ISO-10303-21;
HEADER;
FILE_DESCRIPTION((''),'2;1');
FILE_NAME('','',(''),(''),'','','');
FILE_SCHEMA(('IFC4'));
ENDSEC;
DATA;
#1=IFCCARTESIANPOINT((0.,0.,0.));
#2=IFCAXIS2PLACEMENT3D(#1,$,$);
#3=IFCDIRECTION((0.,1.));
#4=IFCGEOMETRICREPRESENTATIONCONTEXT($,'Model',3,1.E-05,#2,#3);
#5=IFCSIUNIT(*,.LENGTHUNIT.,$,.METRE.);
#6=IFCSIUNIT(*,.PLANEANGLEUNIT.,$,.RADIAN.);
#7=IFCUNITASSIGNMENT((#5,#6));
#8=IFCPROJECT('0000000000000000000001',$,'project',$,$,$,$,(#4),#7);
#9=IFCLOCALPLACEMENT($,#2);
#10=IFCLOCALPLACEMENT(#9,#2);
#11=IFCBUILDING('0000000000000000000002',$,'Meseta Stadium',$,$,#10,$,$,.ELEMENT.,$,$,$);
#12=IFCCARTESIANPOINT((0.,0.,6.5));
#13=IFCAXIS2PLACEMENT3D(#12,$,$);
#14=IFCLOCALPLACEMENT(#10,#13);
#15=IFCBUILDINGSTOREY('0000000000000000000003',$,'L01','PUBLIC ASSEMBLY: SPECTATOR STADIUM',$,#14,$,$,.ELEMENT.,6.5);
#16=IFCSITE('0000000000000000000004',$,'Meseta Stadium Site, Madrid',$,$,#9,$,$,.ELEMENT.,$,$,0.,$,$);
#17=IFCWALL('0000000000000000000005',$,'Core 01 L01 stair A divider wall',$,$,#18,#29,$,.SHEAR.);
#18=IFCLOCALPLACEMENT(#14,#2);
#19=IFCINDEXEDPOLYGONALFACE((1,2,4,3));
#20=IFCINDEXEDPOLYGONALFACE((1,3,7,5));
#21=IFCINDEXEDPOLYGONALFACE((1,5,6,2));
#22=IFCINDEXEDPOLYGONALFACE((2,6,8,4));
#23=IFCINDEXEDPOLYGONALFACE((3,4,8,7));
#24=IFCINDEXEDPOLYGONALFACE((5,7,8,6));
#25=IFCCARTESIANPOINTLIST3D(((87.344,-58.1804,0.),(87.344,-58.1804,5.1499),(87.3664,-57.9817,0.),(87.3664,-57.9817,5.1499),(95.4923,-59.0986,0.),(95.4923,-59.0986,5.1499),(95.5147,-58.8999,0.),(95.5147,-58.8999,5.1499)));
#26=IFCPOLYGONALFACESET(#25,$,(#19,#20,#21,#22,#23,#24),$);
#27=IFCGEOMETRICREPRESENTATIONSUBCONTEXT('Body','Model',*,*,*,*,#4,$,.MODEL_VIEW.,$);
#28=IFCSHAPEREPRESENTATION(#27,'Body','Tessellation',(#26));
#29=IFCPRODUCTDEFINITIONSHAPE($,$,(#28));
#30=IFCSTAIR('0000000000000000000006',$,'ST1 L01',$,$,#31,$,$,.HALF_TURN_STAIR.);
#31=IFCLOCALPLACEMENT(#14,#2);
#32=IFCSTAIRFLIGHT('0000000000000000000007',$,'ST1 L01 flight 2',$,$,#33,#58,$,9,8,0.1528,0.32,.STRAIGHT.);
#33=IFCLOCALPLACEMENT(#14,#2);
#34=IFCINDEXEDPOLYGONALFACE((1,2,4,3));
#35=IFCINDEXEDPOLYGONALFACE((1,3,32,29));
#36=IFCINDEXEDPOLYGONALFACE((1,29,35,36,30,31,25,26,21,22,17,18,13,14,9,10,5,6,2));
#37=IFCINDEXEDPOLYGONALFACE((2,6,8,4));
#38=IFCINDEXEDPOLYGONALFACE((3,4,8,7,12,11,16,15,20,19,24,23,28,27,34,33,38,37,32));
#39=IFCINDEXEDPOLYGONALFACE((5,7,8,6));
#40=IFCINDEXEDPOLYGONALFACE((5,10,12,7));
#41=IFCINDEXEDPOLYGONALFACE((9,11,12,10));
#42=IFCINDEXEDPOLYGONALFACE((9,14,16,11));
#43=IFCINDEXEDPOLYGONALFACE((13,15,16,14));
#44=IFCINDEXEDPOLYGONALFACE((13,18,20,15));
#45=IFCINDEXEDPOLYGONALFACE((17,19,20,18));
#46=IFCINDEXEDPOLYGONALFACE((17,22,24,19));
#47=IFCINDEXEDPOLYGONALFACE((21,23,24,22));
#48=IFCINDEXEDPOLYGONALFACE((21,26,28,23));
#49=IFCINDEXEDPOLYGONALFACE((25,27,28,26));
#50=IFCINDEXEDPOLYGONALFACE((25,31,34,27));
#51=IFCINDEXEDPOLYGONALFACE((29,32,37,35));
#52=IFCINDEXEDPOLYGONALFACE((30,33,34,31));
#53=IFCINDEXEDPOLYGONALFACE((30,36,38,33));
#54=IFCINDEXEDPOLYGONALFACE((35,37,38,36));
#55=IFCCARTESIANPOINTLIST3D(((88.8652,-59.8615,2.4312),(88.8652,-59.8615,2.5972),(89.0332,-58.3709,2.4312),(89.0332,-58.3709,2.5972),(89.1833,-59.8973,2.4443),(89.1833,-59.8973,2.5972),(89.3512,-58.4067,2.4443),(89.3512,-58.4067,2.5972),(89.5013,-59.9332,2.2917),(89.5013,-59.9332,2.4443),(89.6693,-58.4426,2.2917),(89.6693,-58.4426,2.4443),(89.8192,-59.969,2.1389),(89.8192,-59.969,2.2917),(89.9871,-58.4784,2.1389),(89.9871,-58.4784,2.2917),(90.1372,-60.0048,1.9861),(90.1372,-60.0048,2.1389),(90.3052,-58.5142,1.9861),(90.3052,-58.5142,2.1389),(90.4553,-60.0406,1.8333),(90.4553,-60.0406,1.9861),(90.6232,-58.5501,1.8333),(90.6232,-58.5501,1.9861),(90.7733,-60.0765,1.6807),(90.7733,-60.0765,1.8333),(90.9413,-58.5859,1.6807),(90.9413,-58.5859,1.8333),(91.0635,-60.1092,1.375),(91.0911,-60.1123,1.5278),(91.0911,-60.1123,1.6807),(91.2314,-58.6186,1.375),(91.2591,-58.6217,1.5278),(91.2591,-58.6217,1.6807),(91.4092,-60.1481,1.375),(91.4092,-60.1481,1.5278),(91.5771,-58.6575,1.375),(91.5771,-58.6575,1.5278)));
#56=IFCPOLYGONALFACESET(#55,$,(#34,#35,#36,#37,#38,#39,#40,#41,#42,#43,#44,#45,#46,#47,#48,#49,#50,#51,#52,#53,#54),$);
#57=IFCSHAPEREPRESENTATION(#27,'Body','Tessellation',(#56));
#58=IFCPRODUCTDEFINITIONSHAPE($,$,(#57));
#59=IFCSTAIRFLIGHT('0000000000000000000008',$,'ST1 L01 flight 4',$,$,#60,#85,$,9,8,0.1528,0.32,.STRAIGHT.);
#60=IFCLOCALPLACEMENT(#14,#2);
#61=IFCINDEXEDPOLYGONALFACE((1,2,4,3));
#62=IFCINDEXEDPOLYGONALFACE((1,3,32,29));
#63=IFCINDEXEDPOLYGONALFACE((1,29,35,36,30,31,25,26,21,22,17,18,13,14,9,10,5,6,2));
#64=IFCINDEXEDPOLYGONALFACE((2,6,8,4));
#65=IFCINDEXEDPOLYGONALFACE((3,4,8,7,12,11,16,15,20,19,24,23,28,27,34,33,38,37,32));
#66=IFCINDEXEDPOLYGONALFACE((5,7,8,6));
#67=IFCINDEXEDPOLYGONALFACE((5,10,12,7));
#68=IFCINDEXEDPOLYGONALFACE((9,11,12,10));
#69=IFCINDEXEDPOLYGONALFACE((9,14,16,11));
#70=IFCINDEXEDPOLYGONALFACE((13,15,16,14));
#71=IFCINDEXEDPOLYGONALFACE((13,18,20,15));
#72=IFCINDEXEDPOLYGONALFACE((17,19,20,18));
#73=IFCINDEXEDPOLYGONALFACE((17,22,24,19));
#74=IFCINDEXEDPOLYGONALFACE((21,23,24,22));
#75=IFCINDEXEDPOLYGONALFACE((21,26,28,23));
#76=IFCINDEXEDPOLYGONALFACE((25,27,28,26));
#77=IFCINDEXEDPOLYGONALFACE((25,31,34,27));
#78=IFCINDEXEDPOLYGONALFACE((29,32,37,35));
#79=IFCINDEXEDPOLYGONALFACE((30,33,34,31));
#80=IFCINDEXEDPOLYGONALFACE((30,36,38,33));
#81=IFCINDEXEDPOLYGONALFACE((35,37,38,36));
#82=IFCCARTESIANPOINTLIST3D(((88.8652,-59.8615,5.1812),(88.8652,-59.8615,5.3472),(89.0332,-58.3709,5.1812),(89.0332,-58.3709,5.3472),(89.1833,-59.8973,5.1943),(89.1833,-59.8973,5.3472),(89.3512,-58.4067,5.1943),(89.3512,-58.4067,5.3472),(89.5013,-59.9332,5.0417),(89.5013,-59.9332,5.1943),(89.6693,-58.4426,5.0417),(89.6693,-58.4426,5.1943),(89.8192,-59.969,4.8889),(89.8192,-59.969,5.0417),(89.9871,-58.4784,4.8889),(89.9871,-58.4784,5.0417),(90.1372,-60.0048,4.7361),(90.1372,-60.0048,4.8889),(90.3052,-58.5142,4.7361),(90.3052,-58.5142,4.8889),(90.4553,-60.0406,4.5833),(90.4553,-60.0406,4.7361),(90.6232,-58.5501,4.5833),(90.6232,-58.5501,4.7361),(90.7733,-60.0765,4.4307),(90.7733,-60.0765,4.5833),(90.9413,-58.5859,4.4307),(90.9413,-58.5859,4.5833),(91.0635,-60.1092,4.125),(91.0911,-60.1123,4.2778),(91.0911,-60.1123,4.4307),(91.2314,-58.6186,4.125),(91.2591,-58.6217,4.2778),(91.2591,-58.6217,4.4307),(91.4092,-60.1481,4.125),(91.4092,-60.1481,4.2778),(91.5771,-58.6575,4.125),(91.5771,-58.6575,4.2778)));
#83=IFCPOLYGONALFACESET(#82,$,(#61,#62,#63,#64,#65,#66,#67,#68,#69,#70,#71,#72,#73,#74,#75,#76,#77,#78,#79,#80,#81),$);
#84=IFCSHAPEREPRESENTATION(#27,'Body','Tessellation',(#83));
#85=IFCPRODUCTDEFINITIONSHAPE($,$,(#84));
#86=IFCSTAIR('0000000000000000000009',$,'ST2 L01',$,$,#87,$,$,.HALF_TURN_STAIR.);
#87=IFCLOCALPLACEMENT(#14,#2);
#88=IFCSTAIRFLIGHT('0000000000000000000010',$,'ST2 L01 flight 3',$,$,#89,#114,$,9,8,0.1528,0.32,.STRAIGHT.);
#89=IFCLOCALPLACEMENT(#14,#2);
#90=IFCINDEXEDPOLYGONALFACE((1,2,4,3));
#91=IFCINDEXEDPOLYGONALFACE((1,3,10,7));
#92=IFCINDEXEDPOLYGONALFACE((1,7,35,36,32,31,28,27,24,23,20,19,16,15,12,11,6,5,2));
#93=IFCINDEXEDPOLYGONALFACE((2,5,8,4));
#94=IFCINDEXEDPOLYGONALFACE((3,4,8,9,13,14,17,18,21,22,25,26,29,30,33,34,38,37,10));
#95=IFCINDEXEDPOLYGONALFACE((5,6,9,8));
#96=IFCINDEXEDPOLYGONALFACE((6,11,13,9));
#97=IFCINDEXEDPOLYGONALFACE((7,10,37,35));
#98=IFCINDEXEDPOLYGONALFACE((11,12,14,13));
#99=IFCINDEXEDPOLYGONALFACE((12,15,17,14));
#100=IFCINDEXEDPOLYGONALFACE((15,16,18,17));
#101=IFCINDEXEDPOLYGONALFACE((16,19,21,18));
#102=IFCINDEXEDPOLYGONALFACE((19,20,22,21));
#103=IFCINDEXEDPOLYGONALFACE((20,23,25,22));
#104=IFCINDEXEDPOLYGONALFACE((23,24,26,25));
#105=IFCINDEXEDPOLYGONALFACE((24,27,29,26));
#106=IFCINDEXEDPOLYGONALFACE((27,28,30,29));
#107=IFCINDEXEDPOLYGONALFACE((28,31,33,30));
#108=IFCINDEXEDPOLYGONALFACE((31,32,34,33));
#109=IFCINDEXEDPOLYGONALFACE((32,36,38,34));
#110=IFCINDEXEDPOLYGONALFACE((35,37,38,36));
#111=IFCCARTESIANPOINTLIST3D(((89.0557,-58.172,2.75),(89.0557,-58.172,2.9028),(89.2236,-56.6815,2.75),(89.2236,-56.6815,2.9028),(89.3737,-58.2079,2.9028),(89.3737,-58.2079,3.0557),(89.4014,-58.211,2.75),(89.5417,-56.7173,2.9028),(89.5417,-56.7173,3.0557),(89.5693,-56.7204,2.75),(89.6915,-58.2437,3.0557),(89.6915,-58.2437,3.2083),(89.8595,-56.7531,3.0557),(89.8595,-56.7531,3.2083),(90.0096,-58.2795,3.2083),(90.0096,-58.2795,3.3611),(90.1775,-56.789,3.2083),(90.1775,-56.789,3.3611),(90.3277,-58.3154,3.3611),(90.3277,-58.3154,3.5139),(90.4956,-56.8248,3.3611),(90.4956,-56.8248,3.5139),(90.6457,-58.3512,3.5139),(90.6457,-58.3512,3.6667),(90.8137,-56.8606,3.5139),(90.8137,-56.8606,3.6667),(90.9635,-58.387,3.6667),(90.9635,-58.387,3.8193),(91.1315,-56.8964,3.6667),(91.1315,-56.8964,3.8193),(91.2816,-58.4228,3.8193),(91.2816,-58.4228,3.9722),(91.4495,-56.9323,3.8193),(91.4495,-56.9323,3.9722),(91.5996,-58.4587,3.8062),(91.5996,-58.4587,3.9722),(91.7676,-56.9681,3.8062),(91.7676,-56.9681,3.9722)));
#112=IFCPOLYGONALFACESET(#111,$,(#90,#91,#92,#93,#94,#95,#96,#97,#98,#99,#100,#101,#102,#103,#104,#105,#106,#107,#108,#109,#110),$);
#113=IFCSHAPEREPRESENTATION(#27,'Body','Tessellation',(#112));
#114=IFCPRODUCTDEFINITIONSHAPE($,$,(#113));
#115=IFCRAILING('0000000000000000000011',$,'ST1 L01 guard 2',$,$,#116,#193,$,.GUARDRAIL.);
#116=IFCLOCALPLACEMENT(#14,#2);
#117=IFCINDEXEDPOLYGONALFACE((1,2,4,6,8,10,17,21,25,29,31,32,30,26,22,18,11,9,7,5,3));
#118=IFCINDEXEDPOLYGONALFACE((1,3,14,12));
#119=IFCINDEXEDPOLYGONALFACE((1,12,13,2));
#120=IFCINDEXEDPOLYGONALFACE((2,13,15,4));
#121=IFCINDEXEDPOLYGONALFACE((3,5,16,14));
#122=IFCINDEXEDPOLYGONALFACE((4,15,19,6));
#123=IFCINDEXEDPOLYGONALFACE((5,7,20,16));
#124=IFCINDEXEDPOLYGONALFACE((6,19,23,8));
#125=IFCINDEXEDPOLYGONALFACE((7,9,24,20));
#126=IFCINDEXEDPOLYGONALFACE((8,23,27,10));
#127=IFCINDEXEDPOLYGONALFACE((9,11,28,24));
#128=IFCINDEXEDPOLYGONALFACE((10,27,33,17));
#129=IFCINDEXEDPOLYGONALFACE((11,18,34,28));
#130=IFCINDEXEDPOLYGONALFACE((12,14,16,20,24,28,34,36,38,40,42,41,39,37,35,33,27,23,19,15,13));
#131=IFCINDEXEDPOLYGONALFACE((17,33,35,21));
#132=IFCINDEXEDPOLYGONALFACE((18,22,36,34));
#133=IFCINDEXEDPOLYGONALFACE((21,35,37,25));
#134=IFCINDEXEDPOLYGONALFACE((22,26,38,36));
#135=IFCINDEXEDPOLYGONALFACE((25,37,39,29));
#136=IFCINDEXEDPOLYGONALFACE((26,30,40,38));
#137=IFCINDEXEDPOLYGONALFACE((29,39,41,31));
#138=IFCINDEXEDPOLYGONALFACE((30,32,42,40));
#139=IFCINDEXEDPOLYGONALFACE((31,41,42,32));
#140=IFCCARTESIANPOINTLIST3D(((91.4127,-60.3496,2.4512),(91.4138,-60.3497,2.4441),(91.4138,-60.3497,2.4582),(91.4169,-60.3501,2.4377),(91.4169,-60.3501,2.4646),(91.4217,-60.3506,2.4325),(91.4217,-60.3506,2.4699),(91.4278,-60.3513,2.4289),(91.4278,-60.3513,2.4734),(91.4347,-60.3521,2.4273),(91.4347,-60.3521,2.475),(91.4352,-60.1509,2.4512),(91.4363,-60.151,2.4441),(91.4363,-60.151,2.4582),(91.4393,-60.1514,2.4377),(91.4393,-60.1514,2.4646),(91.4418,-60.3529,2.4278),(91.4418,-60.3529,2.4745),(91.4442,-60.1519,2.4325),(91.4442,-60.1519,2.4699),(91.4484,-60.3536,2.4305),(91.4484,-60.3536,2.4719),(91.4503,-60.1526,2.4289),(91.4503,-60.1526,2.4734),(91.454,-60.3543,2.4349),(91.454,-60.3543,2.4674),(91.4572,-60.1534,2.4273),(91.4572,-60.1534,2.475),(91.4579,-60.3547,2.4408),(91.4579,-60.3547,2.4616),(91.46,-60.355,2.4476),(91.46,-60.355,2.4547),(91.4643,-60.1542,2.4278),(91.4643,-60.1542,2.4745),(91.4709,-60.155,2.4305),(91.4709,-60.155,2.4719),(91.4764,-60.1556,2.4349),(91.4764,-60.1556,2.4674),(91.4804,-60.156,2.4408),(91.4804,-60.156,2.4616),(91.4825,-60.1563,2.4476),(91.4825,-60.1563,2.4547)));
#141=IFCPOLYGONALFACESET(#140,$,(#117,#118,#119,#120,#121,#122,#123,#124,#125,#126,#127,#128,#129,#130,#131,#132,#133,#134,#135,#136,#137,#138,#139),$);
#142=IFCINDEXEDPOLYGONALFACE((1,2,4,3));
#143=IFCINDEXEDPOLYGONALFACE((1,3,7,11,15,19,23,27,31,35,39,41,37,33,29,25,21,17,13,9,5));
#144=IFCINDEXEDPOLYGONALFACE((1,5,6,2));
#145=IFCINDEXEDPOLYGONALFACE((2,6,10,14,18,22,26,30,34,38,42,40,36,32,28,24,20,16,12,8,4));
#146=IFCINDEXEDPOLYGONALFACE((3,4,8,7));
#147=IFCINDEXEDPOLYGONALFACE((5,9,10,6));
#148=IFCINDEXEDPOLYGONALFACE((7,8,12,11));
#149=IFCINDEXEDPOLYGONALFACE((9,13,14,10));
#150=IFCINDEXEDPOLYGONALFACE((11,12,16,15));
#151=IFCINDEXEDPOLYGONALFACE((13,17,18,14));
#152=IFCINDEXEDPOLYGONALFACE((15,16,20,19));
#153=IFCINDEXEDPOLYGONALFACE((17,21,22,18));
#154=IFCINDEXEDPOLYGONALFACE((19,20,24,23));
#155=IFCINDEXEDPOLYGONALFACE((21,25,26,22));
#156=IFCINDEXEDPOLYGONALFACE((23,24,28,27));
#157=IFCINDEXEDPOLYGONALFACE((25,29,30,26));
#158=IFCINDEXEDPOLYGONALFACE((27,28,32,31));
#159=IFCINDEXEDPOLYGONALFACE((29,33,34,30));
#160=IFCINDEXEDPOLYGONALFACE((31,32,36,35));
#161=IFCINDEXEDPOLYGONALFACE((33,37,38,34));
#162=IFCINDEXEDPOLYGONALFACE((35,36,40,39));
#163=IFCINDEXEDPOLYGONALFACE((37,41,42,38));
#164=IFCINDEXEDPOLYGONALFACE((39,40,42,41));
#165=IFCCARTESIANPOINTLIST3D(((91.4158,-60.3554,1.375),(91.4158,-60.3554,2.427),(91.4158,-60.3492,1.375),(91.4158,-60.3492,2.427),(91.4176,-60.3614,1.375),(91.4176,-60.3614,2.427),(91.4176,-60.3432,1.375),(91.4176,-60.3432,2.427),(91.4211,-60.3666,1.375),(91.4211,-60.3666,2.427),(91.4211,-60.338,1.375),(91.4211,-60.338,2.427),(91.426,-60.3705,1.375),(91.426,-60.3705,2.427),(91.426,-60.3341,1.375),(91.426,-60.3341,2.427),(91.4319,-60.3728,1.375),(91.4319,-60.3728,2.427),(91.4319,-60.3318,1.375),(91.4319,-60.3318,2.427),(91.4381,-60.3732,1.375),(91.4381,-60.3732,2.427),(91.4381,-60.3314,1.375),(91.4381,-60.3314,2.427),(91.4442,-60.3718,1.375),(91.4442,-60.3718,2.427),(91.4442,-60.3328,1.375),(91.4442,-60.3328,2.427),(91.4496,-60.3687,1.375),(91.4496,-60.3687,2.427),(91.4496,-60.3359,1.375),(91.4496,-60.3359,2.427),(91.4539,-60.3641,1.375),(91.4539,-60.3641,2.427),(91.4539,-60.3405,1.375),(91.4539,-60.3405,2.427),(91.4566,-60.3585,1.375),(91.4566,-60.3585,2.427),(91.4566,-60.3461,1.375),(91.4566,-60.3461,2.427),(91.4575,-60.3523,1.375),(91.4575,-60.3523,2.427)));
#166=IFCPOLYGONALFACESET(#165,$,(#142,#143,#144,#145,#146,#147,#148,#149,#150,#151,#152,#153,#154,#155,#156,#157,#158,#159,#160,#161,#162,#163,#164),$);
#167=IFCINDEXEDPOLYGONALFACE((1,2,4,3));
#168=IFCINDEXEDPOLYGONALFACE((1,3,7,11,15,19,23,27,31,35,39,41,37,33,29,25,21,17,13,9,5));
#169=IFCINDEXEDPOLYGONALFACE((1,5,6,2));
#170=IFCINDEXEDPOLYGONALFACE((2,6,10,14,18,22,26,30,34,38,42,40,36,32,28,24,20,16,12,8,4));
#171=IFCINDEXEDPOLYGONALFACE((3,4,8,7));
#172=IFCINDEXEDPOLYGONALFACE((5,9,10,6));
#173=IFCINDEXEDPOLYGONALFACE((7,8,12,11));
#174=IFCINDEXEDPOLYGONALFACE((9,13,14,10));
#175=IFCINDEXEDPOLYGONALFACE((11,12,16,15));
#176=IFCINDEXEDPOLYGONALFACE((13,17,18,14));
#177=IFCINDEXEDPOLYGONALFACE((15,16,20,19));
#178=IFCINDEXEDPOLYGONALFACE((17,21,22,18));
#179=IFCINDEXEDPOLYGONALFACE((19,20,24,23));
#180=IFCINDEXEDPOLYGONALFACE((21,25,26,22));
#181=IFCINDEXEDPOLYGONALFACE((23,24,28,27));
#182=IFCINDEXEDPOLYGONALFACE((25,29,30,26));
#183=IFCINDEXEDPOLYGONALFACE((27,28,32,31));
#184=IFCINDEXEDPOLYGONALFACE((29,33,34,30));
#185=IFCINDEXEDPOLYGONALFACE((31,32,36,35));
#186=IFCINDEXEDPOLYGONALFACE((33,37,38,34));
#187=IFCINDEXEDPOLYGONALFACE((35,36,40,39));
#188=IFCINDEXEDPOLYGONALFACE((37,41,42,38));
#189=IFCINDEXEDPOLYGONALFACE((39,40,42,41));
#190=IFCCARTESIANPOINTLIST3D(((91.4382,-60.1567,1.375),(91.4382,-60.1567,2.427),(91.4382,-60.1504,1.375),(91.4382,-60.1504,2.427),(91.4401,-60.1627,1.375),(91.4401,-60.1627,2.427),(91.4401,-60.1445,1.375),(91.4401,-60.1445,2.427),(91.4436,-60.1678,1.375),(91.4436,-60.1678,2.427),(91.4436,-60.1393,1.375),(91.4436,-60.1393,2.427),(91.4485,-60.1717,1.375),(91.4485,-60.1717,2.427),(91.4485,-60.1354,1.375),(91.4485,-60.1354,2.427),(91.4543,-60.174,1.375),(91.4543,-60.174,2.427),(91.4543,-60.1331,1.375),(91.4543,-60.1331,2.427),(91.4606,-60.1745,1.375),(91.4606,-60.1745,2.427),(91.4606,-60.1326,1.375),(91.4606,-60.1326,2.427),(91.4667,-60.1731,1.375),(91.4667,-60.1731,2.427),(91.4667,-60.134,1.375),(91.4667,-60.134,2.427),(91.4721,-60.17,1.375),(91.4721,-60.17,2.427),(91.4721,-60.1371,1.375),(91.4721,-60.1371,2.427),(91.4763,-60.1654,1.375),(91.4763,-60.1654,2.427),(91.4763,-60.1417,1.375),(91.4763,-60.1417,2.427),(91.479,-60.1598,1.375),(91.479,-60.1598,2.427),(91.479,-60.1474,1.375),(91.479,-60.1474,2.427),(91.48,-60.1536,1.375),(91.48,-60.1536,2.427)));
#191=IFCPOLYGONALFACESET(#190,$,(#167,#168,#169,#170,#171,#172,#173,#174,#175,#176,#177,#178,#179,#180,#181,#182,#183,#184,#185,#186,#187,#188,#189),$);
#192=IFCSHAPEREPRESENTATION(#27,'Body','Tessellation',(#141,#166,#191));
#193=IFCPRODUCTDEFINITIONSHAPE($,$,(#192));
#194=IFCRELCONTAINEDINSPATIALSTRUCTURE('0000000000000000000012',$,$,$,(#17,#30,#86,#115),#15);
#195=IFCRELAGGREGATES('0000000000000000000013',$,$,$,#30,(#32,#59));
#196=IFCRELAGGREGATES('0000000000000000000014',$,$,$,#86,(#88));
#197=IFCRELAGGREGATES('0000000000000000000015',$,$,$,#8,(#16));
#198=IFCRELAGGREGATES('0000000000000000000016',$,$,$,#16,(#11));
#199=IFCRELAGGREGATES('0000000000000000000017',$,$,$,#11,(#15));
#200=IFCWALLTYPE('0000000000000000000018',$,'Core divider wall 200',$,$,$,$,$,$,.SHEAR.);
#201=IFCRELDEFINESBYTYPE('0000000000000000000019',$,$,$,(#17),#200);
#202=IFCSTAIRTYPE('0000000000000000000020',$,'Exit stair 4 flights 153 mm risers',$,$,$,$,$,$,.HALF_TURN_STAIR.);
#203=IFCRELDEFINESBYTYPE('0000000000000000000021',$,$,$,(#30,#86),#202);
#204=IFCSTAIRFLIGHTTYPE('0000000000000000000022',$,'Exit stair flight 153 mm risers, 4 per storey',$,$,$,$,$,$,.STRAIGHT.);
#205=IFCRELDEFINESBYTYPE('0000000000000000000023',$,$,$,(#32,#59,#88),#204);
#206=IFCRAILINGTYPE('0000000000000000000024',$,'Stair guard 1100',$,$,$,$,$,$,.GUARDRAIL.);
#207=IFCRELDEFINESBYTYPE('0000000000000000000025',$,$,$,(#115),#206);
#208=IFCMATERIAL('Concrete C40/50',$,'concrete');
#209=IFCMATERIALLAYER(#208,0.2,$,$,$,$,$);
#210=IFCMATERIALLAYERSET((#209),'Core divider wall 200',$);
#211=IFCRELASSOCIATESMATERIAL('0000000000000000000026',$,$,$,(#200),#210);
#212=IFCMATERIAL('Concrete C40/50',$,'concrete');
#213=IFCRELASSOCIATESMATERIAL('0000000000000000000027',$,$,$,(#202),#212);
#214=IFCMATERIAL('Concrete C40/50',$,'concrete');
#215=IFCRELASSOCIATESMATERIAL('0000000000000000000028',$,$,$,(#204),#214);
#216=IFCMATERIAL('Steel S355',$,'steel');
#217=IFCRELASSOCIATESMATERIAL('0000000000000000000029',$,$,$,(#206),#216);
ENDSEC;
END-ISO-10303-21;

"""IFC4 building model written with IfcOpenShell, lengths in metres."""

from ifc_helpers import new_model, si_unit, direction, frame, frame_2d, origin, origin_2d, place, context, subcontext, project, spatial, polyline, rectangle, circle, outline, extrude, material, layer, layer_set, type_object, element, aggregate, save


model = new_model("IFC4")

# Units and contexts
model_context = context("Model", 3, precision=1e-05, world=origin(), true_north=direction((0.0, 1.0)))
body_context = subcontext(model_context, "Body", "Model", "MODEL_VIEW")
ifc_project = project(units=[si_unit("LENGTHUNIT", "METRE"), si_unit("PLANEANGLEUNIT", "RADIAN")], contexts=[model_context])

# Site, building, storey
site_placement = place(None, origin())
site = spatial("IfcSite", under=ifc_project, at=site_placement, Name="Meseta Stadium Site, Madrid", CompositionType="ELEMENT", RefElevation=0.0)
building_placement = place(site_placement, origin())
building = spatial("IfcBuilding", under=site, at=building_placement, Name="Meseta Stadium", CompositionType="ELEMENT")
storey_placement = place(building_placement, frame((0.0, 0.0, 6.5)))
storey = spatial("IfcBuildingStorey", under=building, at=storey_placement, Name="L01", Description="PUBLIC ASSEMBLY: SPECTATOR STADIUM", CompositionType="ELEMENT", Elevation=6.5)

# Wall
ifc_material_1 = material(Name="Concrete C40/50", Category="concrete")
ifc_layer = layer(ifc_material_1, 0.2)
ifc_layer_set = layer_set([ifc_layer], Name="Core divider wall 200")
wall_type = type_object("IfcWallType", Name="Core divider wall 200", PredefinedType="SHEAR", material=ifc_layer_set)
wall_placement = place(storey_placement, frame((95.5037, -58.9993, 0.0), z_axis=(0.0, 0.0, 1.0), x_axis=(-0.993711, 0.111977, 0.0)))
element("IfcWall", 1, at=wall_placement, inside=storey, type_object=wall_type, Name="Core 01 L01 stair A divider wall", PredefinedType="SHEAR", context=body_context, shape_type="SweptSolid", body=[
    extrude(rectangle(XDim=8.2, YDim=0.2, at=frame_2d((4.1001, 0.0))), origin(), (0.0, 0.0, 1.0), 5.1499),
])

# Stair, stair flights
ifc_material_2 = material(Name="Concrete C40/50", Category="concrete")
stair_type = type_object("IfcStairType", Name="Exit stair 4 flights 153 mm risers", PredefinedType="HALF_TURN_STAIR", material=ifc_material_2)
stair_1_placement = place(storey_placement, origin())
stair_1 = element("IfcStair", 2, at=stair_1_placement, inside=storey, type_object=stair_type, Name="ST1 L01", PredefinedType="HALF_TURN_STAIR")
ifc_material_3 = material(Name="Concrete C40/50", Category="concrete")
stair_flight_type = type_object("IfcStairFlightType", Name="Exit stair flight 153 mm risers, 4 per storey", PredefinedType="STRAIGHT", material=ifc_material_3)
stair_flight_1_placement = place(storey_placement, frame((91.4932, -59.4028, 1.375), z_axis=(0.0, 0.0, 1.0), x_axis=(-0.993712, 0.111964, 0.0)))
stair_flight_1 = element("IfcStairFlight", 3, at=stair_flight_1_placement, type_object=stair_flight_type, Name="ST1 L01 flight 2", NumberOfRisers=9, NumberOfTreads=8, PredefinedType="STRAIGHT", RiserHeight=0.1528, TreadLength=0.32, context=body_context, shape_type="SweptSolid", body=[
    extrude(outline(polyline([(0.0, 0.0), (0.0, 0.1528), (0.3201, 0.1528), (0.3201, 0.3057), (0.6399, 0.3057), (0.6399, 0.4583), (0.96, 0.4583), (0.96, 0.6111), (1.28, 0.6111), (1.28, 0.7639), (1.6001, 0.7639), (1.6001, 0.9167), (1.9199, 0.9167), (1.9199, 1.0693), (2.24, 1.0693), (2.24, 1.2222), (2.5601, 1.2222), (2.5601, 1.0562), (0.3479, 0.0), (0.0, 0.0)])), frame((0.0, 0.75, 0.0), z_axis=(0.0, -1.0, 0.0), x_axis=(1.0, 0.0, 0.0)), (0.0, 0.0, 1.0), 1.5),
])
stair_flight_2_placement = place(storey_placement, frame((91.4932, -59.4028, 4.125), z_axis=(0.0, 0.0, 1.0), x_axis=(-0.993712, 0.111964, 0.0)))
stair_flight_2 = element("IfcStairFlight", 4, at=stair_flight_2_placement, type_object=stair_flight_type, Name="ST1 L01 flight 4", NumberOfRisers=9, NumberOfTreads=8, PredefinedType="STRAIGHT", RiserHeight=0.1528, TreadLength=0.32, context=body_context, shape_type="SweptSolid", body=[
    extrude(outline(polyline([(0.0, 0.0), (0.0, 0.1528), (0.3201, 0.1528), (0.3201, 0.3057), (0.6399, 0.3057), (0.6399, 0.4583), (0.96, 0.4583), (0.96, 0.6111), (1.28, 0.6111), (1.28, 0.7639), (1.6001, 0.7639), (1.6001, 0.9167), (1.9199, 0.9167), (1.9199, 1.0693), (2.24, 1.0693), (2.24, 1.2222), (2.5601, 1.2222), (2.5601, 1.0562), (0.3479, 0.0), (0.0, 0.0)])), frame((0.0, 0.75, 0.0), z_axis=(0.0, -1.0, 0.0), x_axis=(1.0, 0.0, 0.0)), (0.0, 0.0, 1.0), 1.5),
])
aggregate(stair_1, [stair_flight_1, stair_flight_2])

# Stair, stair flight
stair_2_placement = place(storey_placement, origin())
stair_2 = element("IfcStair", 5, at=stair_2_placement, inside=storey, type_object=stair_type, Name="ST2 L01", PredefinedType="HALF_TURN_STAIR")
stair_flight_3_placement = place(storey_placement, frame((89.1396, -57.4268, 2.75), z_axis=(0.0, 0.0, 1.0), x_axis=(0.993712, -0.111964, 0.0)))
stair_flight_3 = element("IfcStairFlight", 6, at=stair_flight_3_placement, type_object=stair_flight_type, Name="ST2 L01 flight 3", NumberOfRisers=9, NumberOfTreads=8, PredefinedType="STRAIGHT", RiserHeight=0.1528, TreadLength=0.32, context=body_context, shape_type="SweptSolid", body=[
    extrude(outline(polyline([(0.0, 0.0), (0.0, 0.1528), (0.3201, 0.1528), (0.3201, 0.3057), (0.6399, 0.3057), (0.6399, 0.4583), (0.96, 0.4583), (0.96, 0.6111), (1.28, 0.6111), (1.28, 0.7639), (1.6001, 0.7639), (1.6001, 0.9167), (1.9199, 0.9167), (1.9199, 1.0693), (2.24, 1.0693), (2.24, 1.2222), (2.5601, 1.2222), (2.5601, 1.0562), (0.3479, 0.0), (0.0, 0.0)])), frame((0.0, 0.75, 0.0), z_axis=(0.0, -1.0, 0.0), x_axis=(1.0, 0.0, 0.0)), (0.0, 0.0, 1.0), 1.5),
])
aggregate(stair_2, [stair_flight_3])

# Railing
ifc_material_4 = material(Name="Steel S355", Category="steel")
railing_type_1 = type_object("IfcRailingType", Name="Stair guard 1100", PredefinedType="GUARDRAIL", material=ifc_material_4)
railing_1_placement = place(storey_placement, frame((91.4365, -60.3523, 1.375)))
element("IfcRailing", 7, at=railing_1_placement, inside=storey, type_object=railing_type_1, Name="ST1 L01 guard 2", PredefinedType="GUARDRAIL", context=body_context, shape_type="SweptSolid", body=[
    extrude(circle(Radius=0.0239, at=origin_2d()), frame((0.0, 0.0, 1.0762), z_axis=(0.112307, 0.993674, 0.0), x_axis=(-0.993674, 0.112307, 0.0)), (0.0, 0.0, 1.0), 0.2),
    extrude(circle(Radius=0.021, at=origin_2d()), origin(), (0.0, 0.0, 1.0), 1.052),
    extrude(circle(Radius=0.021, at=origin_2d()), frame((0.0225, 0.1987, 0.0)), (0.0, 0.0, 1.0), 1.052),
])

save(model, "model.ifc")
